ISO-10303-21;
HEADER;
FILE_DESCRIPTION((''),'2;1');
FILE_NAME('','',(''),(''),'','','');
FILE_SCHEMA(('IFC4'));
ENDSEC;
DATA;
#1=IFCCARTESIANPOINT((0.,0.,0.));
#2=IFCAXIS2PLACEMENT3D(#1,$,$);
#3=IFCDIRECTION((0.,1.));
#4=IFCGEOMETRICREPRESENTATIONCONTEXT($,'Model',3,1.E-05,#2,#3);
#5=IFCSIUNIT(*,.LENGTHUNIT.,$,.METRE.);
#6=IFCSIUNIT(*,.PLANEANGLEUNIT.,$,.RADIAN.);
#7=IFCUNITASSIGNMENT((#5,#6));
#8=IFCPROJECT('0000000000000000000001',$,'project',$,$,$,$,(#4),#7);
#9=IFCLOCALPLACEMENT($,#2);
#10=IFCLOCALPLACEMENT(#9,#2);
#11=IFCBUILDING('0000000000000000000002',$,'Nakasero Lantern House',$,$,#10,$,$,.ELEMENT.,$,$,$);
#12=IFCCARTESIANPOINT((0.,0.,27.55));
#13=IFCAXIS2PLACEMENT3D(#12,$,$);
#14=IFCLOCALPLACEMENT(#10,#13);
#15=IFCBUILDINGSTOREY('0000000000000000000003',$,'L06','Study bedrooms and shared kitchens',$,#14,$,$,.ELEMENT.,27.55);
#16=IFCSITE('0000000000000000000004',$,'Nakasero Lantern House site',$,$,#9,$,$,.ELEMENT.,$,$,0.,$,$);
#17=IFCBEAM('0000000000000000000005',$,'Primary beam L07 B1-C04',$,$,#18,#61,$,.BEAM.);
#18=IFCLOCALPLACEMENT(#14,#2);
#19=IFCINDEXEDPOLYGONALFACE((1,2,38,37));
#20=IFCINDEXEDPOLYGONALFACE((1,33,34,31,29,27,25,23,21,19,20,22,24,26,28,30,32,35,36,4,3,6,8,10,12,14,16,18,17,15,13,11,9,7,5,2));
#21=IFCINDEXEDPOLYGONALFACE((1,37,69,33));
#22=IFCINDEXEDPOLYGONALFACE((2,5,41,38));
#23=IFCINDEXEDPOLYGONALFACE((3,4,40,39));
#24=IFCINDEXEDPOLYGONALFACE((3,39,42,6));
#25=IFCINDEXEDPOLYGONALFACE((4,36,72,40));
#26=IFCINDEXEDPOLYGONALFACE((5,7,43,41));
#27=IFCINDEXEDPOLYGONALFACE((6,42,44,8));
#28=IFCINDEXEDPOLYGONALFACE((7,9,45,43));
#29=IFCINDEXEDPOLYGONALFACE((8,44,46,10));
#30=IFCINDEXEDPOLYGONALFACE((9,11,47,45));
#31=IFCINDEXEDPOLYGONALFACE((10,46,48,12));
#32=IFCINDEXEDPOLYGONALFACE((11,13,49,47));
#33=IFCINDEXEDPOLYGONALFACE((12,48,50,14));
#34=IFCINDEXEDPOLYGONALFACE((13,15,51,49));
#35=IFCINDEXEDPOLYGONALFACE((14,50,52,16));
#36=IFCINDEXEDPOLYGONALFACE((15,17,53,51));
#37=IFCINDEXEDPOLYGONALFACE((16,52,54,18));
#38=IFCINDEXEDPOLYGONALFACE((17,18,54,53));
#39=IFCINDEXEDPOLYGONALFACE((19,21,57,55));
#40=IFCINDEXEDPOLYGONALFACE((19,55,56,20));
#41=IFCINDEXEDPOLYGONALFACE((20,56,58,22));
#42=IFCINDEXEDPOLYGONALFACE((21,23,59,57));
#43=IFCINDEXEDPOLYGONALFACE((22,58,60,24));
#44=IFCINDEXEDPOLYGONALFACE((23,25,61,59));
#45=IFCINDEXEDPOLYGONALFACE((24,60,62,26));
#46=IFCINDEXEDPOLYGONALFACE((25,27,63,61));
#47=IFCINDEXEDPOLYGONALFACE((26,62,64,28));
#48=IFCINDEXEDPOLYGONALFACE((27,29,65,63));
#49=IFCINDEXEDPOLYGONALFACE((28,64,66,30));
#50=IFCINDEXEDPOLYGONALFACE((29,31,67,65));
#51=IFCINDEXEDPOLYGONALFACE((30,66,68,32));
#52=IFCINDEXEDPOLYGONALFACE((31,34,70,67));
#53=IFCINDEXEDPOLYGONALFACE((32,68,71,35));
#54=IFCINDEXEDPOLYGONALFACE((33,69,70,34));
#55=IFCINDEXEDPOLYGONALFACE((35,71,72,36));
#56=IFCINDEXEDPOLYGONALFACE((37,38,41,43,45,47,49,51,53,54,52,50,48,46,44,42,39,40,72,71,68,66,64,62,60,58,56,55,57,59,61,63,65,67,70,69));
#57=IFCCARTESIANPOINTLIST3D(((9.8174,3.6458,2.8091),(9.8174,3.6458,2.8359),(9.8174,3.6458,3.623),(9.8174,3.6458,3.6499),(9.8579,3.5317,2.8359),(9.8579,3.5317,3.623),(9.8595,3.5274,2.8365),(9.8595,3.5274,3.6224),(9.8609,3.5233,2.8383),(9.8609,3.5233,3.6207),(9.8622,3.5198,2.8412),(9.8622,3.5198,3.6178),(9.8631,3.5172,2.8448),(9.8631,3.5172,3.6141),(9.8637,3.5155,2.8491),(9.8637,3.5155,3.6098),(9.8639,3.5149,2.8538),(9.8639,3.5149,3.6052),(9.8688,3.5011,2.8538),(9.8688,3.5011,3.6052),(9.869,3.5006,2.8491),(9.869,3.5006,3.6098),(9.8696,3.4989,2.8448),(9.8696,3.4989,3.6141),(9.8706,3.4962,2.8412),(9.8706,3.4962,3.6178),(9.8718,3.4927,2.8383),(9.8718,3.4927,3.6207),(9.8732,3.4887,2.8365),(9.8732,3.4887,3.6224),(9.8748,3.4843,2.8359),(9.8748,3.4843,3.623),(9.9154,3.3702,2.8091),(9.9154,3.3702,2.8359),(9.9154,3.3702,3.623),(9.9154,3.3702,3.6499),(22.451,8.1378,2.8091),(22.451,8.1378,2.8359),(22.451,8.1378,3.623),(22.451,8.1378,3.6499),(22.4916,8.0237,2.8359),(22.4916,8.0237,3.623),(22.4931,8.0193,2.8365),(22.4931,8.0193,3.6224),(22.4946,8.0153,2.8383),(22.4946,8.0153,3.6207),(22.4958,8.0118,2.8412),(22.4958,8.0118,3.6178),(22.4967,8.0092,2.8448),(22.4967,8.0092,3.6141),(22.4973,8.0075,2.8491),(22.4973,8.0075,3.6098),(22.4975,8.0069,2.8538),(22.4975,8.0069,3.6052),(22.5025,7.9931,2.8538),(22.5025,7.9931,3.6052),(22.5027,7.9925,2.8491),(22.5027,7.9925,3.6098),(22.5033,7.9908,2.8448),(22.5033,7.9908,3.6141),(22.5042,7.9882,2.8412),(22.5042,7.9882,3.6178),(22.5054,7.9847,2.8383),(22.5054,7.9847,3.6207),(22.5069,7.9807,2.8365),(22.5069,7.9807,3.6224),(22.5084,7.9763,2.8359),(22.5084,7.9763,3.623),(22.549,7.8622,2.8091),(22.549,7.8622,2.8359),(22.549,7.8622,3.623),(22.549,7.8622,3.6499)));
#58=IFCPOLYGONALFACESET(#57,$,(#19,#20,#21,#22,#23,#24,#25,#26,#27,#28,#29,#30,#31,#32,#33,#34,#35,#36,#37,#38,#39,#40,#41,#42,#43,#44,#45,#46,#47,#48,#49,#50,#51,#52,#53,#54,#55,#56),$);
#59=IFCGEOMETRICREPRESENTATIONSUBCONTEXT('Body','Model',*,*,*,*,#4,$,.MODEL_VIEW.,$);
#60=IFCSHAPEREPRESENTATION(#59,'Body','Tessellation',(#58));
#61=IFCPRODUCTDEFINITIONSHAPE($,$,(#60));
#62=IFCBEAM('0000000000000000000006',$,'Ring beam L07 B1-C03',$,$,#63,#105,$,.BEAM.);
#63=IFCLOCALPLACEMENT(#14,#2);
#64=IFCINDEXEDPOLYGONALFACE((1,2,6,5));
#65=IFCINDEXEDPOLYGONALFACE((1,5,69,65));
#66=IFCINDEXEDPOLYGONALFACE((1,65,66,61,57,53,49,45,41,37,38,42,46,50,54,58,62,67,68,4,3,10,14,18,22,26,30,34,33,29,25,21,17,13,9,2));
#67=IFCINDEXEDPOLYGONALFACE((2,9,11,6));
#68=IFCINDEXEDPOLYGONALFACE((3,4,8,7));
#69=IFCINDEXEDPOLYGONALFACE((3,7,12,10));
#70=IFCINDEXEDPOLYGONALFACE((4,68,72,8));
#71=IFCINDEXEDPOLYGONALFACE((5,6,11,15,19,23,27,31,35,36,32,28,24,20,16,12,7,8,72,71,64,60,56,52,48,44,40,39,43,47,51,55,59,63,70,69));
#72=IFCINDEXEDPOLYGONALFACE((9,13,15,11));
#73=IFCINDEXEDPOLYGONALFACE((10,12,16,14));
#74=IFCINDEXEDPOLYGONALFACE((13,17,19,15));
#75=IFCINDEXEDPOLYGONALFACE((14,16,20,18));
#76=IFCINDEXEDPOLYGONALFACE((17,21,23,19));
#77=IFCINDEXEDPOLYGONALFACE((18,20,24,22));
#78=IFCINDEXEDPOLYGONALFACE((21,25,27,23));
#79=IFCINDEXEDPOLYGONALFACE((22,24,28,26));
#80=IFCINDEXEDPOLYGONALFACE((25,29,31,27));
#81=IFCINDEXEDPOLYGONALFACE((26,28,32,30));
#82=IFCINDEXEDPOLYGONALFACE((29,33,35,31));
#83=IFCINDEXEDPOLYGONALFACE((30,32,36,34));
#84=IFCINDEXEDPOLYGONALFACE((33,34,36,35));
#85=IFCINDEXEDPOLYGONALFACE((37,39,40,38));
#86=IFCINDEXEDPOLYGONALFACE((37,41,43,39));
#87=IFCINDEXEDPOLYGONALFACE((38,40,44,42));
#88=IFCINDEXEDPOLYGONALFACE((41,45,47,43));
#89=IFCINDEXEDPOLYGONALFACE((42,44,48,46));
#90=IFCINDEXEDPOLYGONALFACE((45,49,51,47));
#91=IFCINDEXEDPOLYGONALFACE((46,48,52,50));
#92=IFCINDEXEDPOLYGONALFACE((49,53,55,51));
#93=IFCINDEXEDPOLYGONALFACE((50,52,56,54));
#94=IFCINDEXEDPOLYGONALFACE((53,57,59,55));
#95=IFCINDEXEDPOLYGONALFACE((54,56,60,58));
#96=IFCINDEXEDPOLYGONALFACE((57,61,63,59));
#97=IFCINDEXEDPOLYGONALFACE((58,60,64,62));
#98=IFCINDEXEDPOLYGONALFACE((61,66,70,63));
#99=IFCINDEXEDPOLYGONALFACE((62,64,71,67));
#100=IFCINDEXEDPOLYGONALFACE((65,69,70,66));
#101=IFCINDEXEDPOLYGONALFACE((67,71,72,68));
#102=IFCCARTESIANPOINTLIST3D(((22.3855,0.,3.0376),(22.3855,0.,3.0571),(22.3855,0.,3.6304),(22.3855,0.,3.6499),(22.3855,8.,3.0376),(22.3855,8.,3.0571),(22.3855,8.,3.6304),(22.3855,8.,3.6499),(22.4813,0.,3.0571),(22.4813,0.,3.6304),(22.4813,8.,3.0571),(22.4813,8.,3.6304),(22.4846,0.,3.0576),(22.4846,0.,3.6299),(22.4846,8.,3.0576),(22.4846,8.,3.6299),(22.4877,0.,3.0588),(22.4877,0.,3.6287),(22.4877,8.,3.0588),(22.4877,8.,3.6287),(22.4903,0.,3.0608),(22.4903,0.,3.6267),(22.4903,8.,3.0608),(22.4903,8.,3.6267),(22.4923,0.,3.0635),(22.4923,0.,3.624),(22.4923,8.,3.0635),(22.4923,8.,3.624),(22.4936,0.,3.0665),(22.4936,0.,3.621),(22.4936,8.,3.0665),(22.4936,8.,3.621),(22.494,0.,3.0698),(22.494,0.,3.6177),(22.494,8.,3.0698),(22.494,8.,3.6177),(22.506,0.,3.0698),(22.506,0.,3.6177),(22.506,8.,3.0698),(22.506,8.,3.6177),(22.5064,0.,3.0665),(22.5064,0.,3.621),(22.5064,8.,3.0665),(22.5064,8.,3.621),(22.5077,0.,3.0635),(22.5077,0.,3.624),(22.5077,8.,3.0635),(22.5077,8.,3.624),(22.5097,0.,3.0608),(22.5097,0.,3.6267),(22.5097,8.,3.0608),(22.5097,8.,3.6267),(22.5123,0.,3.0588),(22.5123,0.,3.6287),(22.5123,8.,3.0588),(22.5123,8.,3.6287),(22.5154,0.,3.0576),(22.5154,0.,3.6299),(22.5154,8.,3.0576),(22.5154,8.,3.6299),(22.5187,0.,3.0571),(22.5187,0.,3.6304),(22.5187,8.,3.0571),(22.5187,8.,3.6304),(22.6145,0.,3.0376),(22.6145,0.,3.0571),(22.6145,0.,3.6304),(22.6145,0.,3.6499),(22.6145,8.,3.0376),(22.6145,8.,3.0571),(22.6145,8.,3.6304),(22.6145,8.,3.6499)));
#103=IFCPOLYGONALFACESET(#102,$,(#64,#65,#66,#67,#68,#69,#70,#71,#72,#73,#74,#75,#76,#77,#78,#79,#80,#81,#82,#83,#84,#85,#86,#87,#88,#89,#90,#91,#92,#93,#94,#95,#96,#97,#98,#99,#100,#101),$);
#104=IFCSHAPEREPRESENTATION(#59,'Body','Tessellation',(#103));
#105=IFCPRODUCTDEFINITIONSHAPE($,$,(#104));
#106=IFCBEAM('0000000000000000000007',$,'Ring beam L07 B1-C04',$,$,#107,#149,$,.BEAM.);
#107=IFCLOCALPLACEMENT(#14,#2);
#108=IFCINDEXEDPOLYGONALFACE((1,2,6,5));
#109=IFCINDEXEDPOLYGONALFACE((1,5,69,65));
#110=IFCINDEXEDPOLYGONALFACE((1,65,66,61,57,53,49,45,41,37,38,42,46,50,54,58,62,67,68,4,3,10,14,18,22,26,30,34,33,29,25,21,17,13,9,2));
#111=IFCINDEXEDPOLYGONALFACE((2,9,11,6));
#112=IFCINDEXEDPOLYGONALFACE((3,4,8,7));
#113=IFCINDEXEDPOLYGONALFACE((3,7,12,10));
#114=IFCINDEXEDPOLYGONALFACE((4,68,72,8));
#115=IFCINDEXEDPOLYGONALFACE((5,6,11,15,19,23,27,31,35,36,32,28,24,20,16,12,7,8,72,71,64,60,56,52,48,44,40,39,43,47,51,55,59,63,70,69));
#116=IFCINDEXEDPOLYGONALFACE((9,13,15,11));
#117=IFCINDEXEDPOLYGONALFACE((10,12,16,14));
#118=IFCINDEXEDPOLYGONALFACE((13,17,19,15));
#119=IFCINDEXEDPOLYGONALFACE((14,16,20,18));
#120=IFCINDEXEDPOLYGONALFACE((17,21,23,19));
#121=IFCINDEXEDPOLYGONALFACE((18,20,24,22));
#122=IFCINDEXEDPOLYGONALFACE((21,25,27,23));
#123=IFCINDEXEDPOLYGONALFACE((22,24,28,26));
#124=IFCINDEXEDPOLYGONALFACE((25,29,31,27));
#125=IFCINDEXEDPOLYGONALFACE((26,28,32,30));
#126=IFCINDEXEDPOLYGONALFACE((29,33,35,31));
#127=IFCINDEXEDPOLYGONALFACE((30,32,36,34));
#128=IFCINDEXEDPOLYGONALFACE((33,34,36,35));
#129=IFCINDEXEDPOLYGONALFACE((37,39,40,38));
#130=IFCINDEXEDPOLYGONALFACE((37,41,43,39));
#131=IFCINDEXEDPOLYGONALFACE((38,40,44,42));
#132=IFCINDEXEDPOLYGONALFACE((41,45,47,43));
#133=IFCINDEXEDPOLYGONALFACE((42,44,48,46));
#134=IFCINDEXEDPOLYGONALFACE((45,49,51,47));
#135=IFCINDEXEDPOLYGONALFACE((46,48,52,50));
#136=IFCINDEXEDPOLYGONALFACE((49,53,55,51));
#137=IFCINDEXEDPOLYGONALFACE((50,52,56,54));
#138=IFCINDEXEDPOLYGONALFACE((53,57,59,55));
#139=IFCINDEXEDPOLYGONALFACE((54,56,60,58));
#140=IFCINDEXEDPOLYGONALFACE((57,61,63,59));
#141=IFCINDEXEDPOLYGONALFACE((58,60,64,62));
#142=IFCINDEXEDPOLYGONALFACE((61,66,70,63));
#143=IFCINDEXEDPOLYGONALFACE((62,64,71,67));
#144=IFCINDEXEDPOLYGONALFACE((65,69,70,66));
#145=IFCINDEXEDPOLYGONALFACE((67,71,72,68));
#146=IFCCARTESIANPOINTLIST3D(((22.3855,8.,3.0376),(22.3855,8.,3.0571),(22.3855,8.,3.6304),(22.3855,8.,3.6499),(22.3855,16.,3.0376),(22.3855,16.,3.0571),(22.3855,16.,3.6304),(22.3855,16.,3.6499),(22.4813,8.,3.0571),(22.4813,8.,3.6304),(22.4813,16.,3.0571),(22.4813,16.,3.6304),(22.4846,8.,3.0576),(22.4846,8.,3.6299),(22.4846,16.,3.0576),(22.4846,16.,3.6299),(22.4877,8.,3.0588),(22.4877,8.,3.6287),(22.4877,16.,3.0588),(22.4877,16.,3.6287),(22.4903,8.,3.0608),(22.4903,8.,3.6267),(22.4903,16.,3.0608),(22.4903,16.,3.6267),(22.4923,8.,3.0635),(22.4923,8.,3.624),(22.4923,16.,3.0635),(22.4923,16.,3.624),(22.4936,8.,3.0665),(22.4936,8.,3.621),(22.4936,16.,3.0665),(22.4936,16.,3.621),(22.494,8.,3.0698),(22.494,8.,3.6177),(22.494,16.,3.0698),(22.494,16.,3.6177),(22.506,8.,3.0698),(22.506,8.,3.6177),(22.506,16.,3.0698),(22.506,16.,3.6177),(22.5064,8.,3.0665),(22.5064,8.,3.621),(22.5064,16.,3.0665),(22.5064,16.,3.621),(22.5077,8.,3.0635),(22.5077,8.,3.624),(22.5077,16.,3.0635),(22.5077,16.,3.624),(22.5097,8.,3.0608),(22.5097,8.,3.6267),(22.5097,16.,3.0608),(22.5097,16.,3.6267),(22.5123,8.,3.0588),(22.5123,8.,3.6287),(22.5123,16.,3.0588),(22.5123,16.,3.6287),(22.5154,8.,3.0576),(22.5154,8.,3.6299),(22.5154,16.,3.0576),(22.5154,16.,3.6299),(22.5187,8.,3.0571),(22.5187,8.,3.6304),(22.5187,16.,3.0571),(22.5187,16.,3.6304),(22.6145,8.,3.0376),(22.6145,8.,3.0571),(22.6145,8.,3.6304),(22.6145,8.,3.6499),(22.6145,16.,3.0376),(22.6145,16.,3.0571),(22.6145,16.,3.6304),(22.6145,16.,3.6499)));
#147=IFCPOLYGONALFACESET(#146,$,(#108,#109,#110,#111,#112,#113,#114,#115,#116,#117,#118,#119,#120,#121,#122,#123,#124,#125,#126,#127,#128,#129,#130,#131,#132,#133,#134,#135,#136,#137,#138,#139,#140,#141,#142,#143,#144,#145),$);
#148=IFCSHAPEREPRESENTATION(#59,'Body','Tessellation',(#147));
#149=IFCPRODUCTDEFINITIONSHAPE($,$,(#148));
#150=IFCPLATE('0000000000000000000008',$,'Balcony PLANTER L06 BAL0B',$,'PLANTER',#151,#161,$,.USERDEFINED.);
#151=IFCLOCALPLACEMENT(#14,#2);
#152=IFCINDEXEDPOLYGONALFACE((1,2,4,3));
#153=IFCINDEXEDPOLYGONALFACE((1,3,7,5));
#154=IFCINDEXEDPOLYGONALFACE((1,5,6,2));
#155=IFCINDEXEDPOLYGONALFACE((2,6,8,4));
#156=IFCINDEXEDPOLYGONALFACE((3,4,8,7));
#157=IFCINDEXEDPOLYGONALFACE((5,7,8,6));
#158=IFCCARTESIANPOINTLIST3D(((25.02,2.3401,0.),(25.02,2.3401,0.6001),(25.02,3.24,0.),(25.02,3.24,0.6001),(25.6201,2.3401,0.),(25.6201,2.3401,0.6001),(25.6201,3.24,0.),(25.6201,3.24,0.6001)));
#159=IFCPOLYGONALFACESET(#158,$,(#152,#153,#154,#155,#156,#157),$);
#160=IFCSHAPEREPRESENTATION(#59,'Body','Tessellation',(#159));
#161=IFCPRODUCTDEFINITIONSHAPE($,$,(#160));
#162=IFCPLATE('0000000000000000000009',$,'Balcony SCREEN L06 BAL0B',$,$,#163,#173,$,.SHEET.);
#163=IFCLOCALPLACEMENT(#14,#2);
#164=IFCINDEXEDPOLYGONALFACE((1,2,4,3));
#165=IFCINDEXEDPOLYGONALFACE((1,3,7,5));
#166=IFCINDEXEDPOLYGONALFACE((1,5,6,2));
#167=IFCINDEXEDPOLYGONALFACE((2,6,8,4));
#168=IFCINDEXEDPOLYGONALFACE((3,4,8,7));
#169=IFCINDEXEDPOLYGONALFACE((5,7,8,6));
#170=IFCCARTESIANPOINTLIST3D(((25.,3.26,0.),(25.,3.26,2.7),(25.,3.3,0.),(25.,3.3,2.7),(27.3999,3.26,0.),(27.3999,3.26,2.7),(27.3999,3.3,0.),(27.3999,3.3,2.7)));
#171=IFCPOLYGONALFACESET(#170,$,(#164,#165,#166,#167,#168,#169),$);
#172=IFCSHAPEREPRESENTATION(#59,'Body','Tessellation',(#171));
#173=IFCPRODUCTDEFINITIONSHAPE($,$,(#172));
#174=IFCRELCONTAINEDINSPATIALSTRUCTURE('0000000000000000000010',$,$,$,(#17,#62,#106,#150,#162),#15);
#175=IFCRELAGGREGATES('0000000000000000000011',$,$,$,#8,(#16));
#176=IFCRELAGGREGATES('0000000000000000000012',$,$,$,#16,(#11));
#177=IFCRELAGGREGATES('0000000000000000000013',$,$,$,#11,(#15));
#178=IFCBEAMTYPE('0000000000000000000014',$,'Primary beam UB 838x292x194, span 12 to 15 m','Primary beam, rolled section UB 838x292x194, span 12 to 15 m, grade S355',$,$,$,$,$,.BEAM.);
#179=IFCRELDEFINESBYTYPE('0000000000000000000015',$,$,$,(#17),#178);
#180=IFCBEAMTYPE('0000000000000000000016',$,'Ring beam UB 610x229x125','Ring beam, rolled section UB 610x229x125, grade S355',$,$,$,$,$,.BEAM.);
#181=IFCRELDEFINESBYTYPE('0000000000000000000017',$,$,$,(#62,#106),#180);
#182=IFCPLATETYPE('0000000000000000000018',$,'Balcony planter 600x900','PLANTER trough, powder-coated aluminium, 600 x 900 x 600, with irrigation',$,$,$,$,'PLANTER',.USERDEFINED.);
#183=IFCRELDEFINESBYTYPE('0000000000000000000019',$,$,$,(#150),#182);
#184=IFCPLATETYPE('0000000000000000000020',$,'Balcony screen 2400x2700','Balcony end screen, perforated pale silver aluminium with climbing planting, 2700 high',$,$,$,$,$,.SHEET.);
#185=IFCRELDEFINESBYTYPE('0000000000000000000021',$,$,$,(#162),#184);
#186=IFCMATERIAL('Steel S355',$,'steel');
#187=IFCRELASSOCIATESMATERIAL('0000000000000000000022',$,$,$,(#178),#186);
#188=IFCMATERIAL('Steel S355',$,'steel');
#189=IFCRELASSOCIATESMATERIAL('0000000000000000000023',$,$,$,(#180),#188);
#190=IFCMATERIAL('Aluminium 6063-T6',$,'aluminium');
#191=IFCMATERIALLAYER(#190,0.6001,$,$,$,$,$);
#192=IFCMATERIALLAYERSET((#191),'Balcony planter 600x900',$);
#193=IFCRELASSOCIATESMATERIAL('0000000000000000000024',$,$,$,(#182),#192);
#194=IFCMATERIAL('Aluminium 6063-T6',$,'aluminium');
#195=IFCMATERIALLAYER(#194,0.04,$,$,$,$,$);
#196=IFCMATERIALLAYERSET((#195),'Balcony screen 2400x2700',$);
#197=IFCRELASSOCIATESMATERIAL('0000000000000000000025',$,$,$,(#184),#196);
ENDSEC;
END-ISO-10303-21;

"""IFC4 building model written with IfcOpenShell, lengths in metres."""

from ifc_helpers import new_model, si_unit, direction, frame, origin, origin_2d, place, context, subcontext, project, spatial, rectangle, i_section, extrude, material, layer, layer_set, material_profile, profile_set, type_object, element, save


model = new_model("IFC4")

# Units and contexts
model_context = context("Model", 3, precision=1e-05, world=origin(), true_north=direction((0.0, 1.0)))
body_context = subcontext(model_context, "Body", "Model", "MODEL_VIEW")
ifc_project = project(units=[si_unit("LENGTHUNIT", "METRE"), si_unit("PLANEANGLEUNIT", "RADIAN")], contexts=[model_context])

# Site, building, storey
site_placement = place(None, origin())
site = spatial("IfcSite", under=ifc_project, at=site_placement, Name="Nakasero Lantern House site", CompositionType="ELEMENT", RefElevation=0.0)
building_placement = place(site_placement, origin())
building = spatial("IfcBuilding", under=site, at=building_placement, Name="Nakasero Lantern House", CompositionType="ELEMENT")
storey_placement = place(building_placement, frame((0.0, 0.0, 27.55)))
storey = spatial("IfcBuildingStorey", under=building, at=storey_placement, Name="L06", Description="Study bedrooms and shared kitchens", CompositionType="ELEMENT", Elevation=27.55)

# Beams
ifc_material_1 = material(Name="Steel S355", Category="steel")
ifc_material_profile_1 = material_profile(ifc_material_1, i_section(OverallWidth=0.2925, OverallDepth=0.8408, WebThickness=0.0146, FlangeThickness=0.0269, FilletRadius=0.0178, at=origin_2d()), Name="UB 838x292x194")
ifc_profile_set_1 = profile_set([ifc_material_profile_1], Name="Steel S355")
beam_type_1 = type_object("IfcBeamType", Name="Primary beam UB 838x292x194, span 12 to 15 m", Description="Primary beam, rolled section UB 838x292x194, span 12 to 15 m, grade S355", PredefinedType="BEAM", material=ifc_profile_set_1)
beam_1_placement = place(storey_placement, frame((22.5, 8.0, 3.2295), z_axis=(-0.942214, -0.335011, 0.0), x_axis=(0.335011, -0.942214, 0.0)))
element("IfcBeam", 1, at=beam_1_placement, inside=storey, type_object=beam_type_1, Name="Primary beam L07 B1-C04", PredefinedType="BEAM", context=body_context, shape_type="SweptSolid", body=[
    extrude(i_section(OverallWidth=0.2925, OverallDepth=0.8408, WebThickness=0.0146, FlangeThickness=0.0269, FilletRadius=0.0178, at=origin_2d()), origin(), (0.0, 0.0, 1.0), 13.4084),
])
ifc_material_2 = material(Name="Steel S355", Category="steel")
ifc_material_profile_2 = material_profile(ifc_material_2, i_section(OverallWidth=0.229, OverallDepth=0.6123, WebThickness=0.012, FlangeThickness=0.0195, FilletRadius=0.0127, at=origin_2d()), Name="UB 610x229x125")
ifc_profile_set_2 = profile_set([ifc_material_profile_2], Name="Steel S355")
beam_type_2 = type_object("IfcBeamType", Name="Ring beam UB 610x229x125", Description="Ring beam, rolled section UB 610x229x125, grade S355", PredefinedType="BEAM", material=ifc_profile_set_2)
for number, where, z_axis, x_axis, name in (
    (2, (22.5, 0.0, 3.3438), (0.0, 1.0, 0.0), (-1.0, 0.0, 0.0), "Ring beam L07 B1-C03"),
    (3, (22.5, 8.0, 3.3438), (0.0, 1.0, 0.0), (-1.0, 0.0, 0.0), "Ring beam L07 B1-C04"),
):
    element("IfcBeam", number, at=place(storey_placement, frame(where, z_axis=z_axis, x_axis=x_axis)), inside=storey, type_object=beam_type_2, Name=name, PredefinedType="BEAM", context=body_context, shape_type="SweptSolid", body=[
        extrude(i_section(OverallWidth=0.229, OverallDepth=0.6123, WebThickness=0.012, FlangeThickness=0.0195, FilletRadius=0.0127, at=origin_2d()), origin(), (0.0, 0.0, 1.0), 8.0),
    ])

# Plates
ifc_material_3 = material(Name="Aluminium 6063-T6", Category="aluminium")
ifc_layer_1 = layer(ifc_material_3, 0.6001)
ifc_layer_set_1 = layer_set([ifc_layer_1], Name="Balcony planter 600x900")
plate_type_1 = type_object("IfcPlateType", Name="Balcony planter 600x900", Description="PLANTER trough, powder-coated aluminium, 600 x 900 x 600, with irrigation", ElementType="PLANTER", PredefinedType="USERDEFINED", material=ifc_layer_set_1)
plate_1_placement = place(storey_placement, frame((25.3201, 2.79, 0.0), z_axis=(0.0, 0.0, 1.0), x_axis=(1.0, 0.0, 0.0)))
element("IfcPlate", 4, at=plate_1_placement, inside=storey, type_object=plate_type_1, Name="Balcony PLANTER L06 BAL0B", ObjectType="PLANTER", PredefinedType="USERDEFINED", context=body_context, shape_type="SweptSolid", body=[
    extrude(rectangle(XDim=0.6001, YDim=0.8999, at=origin_2d()), origin(), (0.0, 0.0, 1.0), 0.6001),
])
ifc_material_4 = material(Name="Aluminium 6063-T6", Category="aluminium")
ifc_layer_2 = layer(ifc_material_4, 0.04)
ifc_layer_set_2 = layer_set([ifc_layer_2], Name="Balcony screen 2400x2700")
plate_type_2 = type_object("IfcPlateType", Name="Balcony screen 2400x2700", Description="Balcony end screen, perforated pale silver aluminium with climbing planting, 2700 high", PredefinedType="SHEET", material=ifc_layer_set_2)
plate_2_placement = place(storey_placement, frame((26.2, 3.28, 0.0), z_axis=(0.0, 0.0, 1.0), x_axis=(1.0, 0.0, 0.0)))
element("IfcPlate", 5, at=plate_2_placement, inside=storey, type_object=plate_type_2, Name="Balcony SCREEN L06 BAL0B", PredefinedType="SHEET", context=body_context, shape_type="SweptSolid", body=[
    extrude(rectangle(XDim=2.3999, YDim=0.04, at=origin_2d()), origin(), (0.0, 0.0, 1.0), 2.7),
])

save(model, "model.ifc")
